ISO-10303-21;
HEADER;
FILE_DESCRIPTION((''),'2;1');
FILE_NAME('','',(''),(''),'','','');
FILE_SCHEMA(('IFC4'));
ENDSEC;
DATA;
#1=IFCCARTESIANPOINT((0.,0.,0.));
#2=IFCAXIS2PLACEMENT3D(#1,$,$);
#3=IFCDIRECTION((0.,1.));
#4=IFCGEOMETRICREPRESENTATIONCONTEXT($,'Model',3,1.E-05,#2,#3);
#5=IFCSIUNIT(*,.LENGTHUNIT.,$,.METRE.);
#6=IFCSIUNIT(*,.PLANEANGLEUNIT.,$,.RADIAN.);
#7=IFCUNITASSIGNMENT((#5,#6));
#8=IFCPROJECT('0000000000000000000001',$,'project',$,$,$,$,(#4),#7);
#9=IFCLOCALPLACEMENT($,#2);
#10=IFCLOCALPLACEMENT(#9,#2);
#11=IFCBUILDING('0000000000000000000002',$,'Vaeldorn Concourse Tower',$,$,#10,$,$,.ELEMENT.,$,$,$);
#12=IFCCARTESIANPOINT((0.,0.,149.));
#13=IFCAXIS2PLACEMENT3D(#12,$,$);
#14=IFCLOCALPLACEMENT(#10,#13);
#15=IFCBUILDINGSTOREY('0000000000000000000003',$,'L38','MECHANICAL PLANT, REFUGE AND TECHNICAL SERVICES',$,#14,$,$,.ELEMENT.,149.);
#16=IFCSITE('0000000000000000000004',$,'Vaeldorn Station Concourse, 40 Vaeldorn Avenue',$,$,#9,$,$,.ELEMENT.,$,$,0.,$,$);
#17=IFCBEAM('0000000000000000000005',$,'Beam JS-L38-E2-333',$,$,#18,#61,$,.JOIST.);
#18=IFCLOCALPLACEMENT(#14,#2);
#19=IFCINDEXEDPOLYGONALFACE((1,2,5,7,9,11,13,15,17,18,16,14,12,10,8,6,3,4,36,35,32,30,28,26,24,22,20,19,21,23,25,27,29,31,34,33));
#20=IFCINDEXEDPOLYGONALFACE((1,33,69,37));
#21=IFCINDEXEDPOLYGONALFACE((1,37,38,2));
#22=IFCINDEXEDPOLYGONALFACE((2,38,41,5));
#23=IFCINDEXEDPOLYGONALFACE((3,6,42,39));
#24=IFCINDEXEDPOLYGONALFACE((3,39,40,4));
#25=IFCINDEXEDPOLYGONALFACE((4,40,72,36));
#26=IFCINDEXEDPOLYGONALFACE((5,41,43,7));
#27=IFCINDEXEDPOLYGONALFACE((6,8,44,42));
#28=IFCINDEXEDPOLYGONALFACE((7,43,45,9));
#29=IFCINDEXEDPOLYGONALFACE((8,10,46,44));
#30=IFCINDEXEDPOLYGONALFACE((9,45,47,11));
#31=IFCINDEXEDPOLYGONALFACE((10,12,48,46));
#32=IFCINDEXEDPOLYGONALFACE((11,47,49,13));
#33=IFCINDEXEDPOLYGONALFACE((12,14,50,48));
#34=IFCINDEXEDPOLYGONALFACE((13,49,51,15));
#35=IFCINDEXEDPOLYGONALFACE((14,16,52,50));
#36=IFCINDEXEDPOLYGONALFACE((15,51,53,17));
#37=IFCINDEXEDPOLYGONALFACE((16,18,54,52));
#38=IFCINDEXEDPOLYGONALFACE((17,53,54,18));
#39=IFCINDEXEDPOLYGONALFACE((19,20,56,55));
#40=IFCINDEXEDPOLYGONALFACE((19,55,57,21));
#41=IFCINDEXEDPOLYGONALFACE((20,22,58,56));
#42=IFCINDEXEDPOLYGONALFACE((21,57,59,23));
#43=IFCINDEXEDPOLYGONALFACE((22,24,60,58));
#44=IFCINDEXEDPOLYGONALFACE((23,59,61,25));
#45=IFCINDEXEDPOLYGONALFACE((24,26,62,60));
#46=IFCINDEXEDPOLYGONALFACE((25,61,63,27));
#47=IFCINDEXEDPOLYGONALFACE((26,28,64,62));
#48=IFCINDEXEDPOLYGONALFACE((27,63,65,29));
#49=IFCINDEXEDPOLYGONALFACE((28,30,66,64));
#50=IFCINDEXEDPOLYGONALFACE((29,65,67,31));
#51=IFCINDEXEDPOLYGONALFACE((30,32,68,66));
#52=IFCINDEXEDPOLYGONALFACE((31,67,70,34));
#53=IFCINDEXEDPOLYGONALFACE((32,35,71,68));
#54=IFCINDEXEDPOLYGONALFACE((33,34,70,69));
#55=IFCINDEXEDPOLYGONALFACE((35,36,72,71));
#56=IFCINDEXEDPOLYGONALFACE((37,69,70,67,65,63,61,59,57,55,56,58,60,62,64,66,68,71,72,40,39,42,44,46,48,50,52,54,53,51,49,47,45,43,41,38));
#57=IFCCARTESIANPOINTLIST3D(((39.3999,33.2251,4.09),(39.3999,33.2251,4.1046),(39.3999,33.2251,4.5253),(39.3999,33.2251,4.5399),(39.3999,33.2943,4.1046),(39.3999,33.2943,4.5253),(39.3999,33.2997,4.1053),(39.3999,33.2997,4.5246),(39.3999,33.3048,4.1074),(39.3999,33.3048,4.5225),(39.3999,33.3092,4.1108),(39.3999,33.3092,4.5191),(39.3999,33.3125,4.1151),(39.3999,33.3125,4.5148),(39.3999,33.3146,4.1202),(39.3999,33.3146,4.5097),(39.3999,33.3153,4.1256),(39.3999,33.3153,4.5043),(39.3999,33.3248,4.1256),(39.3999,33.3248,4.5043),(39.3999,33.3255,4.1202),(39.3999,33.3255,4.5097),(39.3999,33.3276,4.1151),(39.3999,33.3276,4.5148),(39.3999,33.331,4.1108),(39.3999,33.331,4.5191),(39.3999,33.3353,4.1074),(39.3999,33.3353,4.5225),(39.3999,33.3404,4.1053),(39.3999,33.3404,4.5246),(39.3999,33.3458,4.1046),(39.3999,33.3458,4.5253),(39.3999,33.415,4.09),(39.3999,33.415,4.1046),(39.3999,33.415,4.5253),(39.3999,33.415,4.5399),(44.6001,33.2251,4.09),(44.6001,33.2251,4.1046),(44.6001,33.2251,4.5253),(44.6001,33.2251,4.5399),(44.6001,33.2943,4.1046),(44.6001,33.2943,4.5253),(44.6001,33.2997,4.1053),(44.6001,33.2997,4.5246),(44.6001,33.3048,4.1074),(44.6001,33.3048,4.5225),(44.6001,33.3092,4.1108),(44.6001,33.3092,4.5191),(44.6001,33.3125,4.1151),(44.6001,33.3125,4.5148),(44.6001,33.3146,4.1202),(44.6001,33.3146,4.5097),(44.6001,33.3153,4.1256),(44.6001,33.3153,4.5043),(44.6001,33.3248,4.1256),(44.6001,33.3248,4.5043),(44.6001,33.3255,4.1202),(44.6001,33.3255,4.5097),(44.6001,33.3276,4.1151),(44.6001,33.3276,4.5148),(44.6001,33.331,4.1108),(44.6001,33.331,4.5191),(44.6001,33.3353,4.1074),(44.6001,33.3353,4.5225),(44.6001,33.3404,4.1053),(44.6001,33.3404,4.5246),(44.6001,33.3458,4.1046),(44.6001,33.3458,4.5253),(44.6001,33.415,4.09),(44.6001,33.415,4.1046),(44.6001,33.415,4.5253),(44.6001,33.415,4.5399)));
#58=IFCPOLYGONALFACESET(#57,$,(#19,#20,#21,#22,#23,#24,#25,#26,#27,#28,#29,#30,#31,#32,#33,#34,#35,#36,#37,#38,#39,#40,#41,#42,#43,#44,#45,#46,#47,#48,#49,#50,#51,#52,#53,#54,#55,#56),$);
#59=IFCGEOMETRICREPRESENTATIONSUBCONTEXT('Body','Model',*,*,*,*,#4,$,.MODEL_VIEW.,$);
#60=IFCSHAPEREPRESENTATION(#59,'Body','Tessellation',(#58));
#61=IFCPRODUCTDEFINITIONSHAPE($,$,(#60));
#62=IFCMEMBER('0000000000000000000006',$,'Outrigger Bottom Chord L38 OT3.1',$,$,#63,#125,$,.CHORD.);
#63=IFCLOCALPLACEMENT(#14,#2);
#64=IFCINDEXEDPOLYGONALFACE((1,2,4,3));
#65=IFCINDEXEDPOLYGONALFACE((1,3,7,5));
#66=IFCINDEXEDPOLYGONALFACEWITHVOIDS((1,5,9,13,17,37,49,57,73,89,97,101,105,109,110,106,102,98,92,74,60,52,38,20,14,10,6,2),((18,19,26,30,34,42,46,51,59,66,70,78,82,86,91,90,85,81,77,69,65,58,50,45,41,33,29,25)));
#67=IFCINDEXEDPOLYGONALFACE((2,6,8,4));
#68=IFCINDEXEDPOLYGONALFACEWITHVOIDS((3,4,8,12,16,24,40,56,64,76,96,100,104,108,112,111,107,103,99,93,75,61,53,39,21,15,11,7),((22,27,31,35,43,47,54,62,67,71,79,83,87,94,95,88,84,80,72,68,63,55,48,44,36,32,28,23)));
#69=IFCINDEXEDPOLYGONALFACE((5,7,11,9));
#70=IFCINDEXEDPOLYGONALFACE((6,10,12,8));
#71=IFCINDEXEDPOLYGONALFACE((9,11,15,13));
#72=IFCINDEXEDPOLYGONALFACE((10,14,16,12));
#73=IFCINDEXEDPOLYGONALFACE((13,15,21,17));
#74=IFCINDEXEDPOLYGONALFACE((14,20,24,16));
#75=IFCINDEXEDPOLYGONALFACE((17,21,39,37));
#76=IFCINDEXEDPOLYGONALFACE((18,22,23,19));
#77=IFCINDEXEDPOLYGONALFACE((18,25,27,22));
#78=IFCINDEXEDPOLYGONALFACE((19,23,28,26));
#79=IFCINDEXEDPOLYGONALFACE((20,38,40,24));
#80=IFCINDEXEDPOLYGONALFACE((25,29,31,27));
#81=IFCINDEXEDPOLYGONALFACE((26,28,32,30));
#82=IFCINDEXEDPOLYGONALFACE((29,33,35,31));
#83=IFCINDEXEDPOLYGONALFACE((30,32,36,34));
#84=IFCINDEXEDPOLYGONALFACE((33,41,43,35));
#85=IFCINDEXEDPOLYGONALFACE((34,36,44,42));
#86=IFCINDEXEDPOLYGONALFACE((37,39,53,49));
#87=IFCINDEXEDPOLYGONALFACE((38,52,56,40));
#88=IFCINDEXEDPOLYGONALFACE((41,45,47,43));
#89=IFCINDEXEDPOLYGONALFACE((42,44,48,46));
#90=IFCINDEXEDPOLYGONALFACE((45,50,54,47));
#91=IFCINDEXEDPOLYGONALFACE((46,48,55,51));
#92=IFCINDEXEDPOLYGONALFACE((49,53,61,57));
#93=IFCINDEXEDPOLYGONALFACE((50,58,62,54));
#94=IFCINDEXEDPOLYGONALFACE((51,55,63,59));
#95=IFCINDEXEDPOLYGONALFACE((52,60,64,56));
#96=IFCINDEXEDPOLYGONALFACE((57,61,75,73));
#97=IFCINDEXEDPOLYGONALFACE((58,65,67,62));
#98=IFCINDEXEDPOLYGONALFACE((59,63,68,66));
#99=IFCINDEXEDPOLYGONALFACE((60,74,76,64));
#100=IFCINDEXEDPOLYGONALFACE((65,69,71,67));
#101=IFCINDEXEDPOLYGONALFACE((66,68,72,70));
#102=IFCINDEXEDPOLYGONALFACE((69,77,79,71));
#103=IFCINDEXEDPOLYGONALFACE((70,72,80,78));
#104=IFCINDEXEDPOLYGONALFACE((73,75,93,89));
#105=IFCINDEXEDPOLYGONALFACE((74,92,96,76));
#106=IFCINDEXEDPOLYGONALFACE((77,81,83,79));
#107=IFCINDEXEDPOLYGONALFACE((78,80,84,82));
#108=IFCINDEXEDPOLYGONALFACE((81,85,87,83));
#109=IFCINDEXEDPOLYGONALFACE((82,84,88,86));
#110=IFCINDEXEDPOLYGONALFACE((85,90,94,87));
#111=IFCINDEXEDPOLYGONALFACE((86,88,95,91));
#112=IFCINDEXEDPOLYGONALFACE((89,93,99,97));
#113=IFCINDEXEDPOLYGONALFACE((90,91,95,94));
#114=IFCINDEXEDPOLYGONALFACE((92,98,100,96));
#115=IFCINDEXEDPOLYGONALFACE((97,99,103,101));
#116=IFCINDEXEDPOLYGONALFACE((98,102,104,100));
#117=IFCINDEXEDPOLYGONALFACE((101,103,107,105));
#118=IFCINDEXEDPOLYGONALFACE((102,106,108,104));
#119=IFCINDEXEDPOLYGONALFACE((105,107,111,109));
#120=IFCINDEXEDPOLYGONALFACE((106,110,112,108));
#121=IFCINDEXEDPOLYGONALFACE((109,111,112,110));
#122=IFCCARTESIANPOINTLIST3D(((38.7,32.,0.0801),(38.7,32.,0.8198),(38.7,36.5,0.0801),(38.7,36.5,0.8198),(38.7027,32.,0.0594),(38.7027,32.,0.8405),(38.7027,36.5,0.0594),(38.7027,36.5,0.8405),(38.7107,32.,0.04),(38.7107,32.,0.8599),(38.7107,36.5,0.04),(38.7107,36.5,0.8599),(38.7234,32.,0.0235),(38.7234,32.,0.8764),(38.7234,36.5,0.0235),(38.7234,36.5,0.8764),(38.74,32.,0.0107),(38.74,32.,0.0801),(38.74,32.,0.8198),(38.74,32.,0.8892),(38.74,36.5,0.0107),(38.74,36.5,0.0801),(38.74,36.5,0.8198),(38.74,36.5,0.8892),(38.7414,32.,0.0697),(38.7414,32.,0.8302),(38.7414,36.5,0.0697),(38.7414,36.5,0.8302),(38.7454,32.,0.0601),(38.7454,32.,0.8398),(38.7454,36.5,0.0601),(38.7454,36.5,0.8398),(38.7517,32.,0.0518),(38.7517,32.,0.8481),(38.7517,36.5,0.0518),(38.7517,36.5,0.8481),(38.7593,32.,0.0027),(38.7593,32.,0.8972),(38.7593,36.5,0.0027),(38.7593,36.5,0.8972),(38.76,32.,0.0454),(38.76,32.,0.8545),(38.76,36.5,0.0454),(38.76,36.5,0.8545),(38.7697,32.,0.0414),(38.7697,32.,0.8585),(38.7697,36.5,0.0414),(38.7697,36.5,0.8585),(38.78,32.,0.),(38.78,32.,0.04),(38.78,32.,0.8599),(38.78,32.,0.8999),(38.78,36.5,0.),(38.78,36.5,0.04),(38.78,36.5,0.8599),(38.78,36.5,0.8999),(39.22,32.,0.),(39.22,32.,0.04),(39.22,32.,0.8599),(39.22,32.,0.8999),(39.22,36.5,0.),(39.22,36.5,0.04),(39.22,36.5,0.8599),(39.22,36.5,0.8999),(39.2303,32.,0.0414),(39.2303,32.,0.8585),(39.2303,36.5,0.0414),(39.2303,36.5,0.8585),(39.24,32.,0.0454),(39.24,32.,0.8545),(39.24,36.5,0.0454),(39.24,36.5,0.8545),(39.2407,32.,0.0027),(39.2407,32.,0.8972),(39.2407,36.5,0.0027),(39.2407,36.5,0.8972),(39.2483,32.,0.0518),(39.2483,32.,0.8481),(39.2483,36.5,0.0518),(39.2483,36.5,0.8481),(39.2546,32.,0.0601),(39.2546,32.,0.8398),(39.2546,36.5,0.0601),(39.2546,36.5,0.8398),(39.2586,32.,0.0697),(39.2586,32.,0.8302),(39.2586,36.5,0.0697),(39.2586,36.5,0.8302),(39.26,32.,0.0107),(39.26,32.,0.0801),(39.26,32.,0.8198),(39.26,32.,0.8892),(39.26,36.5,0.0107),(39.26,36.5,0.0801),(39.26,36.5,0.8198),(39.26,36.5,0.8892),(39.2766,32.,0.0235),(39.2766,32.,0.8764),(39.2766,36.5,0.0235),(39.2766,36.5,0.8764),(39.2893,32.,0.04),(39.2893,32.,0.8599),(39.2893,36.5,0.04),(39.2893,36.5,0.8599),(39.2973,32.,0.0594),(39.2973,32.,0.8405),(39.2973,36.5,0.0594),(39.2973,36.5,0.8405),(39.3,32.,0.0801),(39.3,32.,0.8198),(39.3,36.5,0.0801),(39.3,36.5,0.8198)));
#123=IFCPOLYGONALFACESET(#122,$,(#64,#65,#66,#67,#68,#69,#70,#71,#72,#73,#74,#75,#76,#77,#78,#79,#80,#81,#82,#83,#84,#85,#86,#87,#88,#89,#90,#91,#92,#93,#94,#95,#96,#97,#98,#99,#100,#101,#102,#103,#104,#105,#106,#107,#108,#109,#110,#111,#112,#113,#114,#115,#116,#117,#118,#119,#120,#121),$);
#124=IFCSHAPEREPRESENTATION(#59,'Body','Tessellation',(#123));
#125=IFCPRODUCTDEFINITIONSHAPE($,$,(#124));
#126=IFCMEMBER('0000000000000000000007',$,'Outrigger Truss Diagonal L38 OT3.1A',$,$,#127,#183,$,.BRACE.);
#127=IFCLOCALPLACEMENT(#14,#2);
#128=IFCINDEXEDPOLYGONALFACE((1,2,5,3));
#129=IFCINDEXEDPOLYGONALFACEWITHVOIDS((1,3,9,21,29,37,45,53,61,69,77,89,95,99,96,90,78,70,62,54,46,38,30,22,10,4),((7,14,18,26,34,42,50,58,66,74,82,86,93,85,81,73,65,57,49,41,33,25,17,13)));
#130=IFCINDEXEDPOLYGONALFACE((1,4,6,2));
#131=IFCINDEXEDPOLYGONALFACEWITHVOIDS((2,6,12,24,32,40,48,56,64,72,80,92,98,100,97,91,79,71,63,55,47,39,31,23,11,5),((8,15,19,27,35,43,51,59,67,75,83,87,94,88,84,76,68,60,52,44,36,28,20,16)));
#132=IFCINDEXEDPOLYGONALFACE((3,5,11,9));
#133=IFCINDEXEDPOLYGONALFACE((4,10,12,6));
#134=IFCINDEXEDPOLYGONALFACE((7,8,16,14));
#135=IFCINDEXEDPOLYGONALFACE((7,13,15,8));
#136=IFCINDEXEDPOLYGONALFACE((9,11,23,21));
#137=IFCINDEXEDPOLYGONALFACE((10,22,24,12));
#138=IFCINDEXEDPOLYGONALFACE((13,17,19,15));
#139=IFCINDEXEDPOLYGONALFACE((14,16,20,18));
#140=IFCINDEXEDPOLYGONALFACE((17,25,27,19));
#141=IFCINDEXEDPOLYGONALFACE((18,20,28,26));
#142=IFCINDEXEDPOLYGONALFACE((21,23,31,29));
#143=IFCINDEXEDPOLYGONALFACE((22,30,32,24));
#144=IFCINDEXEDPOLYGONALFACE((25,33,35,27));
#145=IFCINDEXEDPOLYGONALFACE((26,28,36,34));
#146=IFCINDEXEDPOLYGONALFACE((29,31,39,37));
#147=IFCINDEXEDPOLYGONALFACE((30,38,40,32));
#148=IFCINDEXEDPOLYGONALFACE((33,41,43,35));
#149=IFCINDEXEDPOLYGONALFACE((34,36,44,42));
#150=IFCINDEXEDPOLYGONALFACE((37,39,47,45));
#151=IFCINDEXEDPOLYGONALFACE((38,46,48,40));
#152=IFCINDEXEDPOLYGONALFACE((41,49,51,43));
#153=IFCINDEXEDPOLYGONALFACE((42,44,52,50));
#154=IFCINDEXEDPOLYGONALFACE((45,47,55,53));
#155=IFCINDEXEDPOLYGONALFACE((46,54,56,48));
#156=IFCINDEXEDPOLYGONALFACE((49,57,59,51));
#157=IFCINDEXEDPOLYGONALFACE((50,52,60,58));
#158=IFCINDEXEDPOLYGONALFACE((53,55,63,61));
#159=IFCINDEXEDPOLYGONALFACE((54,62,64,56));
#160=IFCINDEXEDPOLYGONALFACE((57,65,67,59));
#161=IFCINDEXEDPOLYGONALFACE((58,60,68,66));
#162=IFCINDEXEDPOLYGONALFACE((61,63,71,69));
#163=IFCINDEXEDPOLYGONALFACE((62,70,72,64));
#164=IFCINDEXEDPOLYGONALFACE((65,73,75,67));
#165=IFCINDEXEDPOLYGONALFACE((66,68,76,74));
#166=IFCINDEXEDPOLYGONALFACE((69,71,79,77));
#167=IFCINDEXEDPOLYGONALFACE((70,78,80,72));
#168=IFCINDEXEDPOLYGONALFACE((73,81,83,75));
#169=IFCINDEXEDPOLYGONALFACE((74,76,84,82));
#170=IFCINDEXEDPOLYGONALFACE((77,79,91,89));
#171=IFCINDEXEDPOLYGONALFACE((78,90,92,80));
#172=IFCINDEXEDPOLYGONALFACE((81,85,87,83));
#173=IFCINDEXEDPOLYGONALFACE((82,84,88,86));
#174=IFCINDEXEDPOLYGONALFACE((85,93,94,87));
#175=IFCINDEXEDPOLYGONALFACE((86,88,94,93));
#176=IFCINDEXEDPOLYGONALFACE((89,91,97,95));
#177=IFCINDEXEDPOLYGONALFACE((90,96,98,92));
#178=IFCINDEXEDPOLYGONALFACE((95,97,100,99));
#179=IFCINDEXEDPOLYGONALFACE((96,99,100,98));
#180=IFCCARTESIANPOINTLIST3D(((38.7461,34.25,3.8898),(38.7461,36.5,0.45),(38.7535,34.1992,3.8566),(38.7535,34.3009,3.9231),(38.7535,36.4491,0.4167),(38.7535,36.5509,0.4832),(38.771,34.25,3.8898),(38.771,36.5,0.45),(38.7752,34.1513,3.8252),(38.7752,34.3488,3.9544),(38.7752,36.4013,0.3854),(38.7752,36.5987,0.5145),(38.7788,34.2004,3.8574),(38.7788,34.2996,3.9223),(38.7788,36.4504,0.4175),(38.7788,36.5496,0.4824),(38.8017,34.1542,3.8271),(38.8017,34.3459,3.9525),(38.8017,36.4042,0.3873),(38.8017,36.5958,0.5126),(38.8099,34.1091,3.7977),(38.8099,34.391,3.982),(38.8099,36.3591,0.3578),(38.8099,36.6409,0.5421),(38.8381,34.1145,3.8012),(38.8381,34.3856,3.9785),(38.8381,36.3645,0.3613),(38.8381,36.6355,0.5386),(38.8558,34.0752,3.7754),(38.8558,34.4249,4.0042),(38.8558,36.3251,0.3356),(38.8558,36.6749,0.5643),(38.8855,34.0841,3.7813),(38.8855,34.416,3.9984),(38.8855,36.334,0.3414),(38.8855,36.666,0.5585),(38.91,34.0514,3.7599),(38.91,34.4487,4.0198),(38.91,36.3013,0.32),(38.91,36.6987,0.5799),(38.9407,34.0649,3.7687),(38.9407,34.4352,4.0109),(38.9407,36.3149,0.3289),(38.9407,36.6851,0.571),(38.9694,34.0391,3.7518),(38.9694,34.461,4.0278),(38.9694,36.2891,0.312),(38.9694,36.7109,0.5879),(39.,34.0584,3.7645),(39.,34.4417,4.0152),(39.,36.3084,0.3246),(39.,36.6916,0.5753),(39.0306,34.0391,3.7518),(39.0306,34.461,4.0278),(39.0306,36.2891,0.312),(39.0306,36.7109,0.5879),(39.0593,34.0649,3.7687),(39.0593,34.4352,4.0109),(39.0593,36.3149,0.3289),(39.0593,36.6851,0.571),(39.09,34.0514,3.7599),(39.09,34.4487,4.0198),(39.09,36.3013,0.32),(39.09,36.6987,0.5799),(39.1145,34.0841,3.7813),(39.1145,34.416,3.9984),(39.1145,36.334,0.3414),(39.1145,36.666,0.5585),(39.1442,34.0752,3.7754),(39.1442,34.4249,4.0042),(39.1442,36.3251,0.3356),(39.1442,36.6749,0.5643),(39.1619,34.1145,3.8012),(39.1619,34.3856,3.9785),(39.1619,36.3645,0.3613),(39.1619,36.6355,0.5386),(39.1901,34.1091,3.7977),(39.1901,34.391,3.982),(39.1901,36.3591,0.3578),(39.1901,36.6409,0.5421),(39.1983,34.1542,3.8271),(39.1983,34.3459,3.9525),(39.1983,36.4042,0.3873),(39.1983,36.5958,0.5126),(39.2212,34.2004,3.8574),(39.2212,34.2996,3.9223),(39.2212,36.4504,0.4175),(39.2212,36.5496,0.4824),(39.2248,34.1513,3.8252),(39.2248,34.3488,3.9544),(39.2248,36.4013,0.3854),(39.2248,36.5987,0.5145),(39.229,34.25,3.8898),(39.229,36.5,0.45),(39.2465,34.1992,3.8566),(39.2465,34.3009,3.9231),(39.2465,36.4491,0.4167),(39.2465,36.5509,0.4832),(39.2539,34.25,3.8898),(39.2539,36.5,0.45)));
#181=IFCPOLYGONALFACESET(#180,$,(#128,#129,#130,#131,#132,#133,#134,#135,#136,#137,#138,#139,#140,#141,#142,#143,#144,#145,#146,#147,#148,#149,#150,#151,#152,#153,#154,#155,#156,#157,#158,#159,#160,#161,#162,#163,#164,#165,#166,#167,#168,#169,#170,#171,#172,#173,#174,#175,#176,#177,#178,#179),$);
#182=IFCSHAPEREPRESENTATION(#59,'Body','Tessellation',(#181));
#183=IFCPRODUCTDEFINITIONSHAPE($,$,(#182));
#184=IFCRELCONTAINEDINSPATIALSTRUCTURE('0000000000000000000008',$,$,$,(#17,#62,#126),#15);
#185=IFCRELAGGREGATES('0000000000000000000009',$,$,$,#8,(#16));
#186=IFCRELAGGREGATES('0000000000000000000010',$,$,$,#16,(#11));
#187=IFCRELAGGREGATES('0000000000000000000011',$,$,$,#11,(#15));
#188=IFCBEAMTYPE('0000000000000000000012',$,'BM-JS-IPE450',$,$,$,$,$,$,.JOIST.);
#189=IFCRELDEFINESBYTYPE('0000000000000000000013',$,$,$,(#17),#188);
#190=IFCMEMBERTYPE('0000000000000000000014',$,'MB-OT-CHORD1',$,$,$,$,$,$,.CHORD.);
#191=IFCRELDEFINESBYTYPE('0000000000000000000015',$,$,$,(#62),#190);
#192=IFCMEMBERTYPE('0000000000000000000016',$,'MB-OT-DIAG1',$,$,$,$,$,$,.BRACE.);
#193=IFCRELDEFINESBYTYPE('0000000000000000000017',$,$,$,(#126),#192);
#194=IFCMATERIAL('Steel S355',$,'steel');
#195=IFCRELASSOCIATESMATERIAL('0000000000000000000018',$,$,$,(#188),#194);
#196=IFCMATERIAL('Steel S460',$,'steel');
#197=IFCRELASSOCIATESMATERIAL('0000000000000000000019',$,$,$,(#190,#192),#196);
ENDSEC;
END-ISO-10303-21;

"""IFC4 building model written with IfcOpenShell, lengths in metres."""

from ifc_helpers import new_model, si_unit, direction, frame, origin, origin_2d, place, context, subcontext, project, spatial, hollow_rectangle, hollow_circle, i_section, extrude, source, transform, mapped, material, material_profile, profile_set, type_object, element, save


model = new_model("IFC4")

# Units and contexts
model_context = context("Model", 3, precision=1e-05, world=origin(), true_north=direction((0.0, 1.0)))
body_context = subcontext(model_context, "Body", "Model", "MODEL_VIEW")
ifc_project = project(units=[si_unit("LENGTHUNIT", "METRE"), si_unit("PLANEANGLEUNIT", "RADIAN")], contexts=[model_context])

# Site, building, storey
site_placement = place(None, origin())
site = spatial("IfcSite", under=ifc_project, at=site_placement, Name="Vaeldorn Station Concourse, 40 Vaeldorn Avenue", CompositionType="ELEMENT", RefElevation=0.0)
building_placement = place(site_placement, origin())
building = spatial("IfcBuilding", under=site, at=building_placement, Name="Vaeldorn Concourse Tower", CompositionType="ELEMENT")
storey_placement = place(building_placement, frame((0.0, 0.0, 149.0)))
storey = spatial("IfcBuildingStorey", under=building, at=storey_placement, Name="L38", Description="MECHANICAL PLANT, REFUGE AND TECHNICAL SERVICES", CompositionType="ELEMENT", Elevation=149.0)

# Shared definitions
ifc_material_1 = material(Name="Steel S460", Category="steel")

# Beam
ifc_material_2 = material(Name="Steel S355", Category="steel")
ifc_material_profile_1 = material_profile(ifc_material_2, i_section(OverallWidth=0.1899, OverallDepth=0.45, WebThickness=0.0095, FlangeThickness=0.0146, FilletRadius=0.021, at=origin_2d()), Name="IPE 450")
ifc_profile_set_1 = profile_set([ifc_material_profile_1], Name="Steel S355")
beam_type_1 = type_object("IfcBeamType", Name="BM-JS-IPE450", PredefinedType="JOIST", material=ifc_profile_set_1)
shared_shape_1 = source(origin(), body_context, "Body", "SweptSolid", [
    extrude(i_section(OverallWidth=0.1899, OverallDepth=0.45, WebThickness=0.0095, FlangeThickness=0.0146, FilletRadius=0.021, at=origin_2d()), origin(), (0.0, 0.0, 1.0), 5.2002),
])
beam_1_placement = place(storey_placement, frame((39.3999, 33.3201, 4.3149), z_axis=(1.0, 0.0, 0.0), x_axis=(0.0, 1.0, 0.0)))
element("IfcBeam", 1, at=beam_1_placement, inside=storey, type_object=beam_type_1, Name="Beam JS-L38-E2-333", PredefinedType="JOIST", context=body_context, shape_type="MappedRepresentation", body=[
    mapped(shared_shape_1, transform((0.0, 0.0, 0.0), scale=1.0)),
])

# Members
ifc_material_profile_2 = material_profile(ifc_material_1, hollow_rectangle(XDim=0.6001, YDim=0.8999, WallThickness=0.04, InnerFilletRadius=0.04, OuterFilletRadius=0.0801, at=origin_2d()), Name="RHS 900x600x40")
ifc_profile_set_2 = profile_set([ifc_material_profile_2], Name="Steel S460")
member_type_1 = type_object("IfcMemberType", Name="MB-OT-CHORD1", PredefinedType="CHORD", material=ifc_profile_set_2)
shared_shape_2 = source(origin(), body_context, "Body", "SweptSolid", [
    extrude(hollow_rectangle(XDim=0.6001, YDim=0.8999, WallThickness=0.04, InnerFilletRadius=0.04, OuterFilletRadius=0.0801, at=origin_2d()), origin(), (0.0, 0.0, 1.0), 4.5),
])
member_1_placement = place(storey_placement, frame((39.0, 36.5, 0.45), z_axis=(0.0, -1.0, 0.0), x_axis=(1.0, 0.0, 0.0)))
element("IfcMember", 2, at=member_1_placement, inside=storey, type_object=member_type_1, Name="Outrigger Bottom Chord L38 OT3.1", PredefinedType="CHORD", context=body_context, shape_type="MappedRepresentation", body=[
    mapped(shared_shape_2, transform((0.0, 0.0, 0.0), scale=1.0)),
])
ifc_material_profile_3 = material_profile(ifc_material_1, hollow_circle(Radius=0.2539, WallThickness=0.0249, at=origin_2d()), Name="CHS 508x25")
ifc_profile_set_3 = profile_set([ifc_material_profile_3], Name="Steel S460")
member_type_2 = type_object("IfcMemberType", Name="MB-OT-DIAG1", PredefinedType="BRACE", material=ifc_profile_set_3)
shared_shape_3 = source(origin(), body_context, "Body", "SweptSolid", [
    extrude(hollow_circle(Radius=0.2539, WallThickness=0.0249, at=origin_2d()), origin(), (0.0, 0.0, 1.0), 4.1104),
])
member_2_placement = place(storey_placement, frame((39.0, 36.5, 0.45), z_axis=(0.0, -0.547387, 0.83688), x_axis=(1.0, 0.0, 0.0)))
element("IfcMember", 3, at=member_2_placement, inside=storey, type_object=member_type_2, Name="Outrigger Truss Diagonal L38 OT3.1A", PredefinedType="BRACE", context=body_context, shape_type="MappedRepresentation", body=[
    mapped(shared_shape_3, transform((0.0, 0.0, 0.0), scale=1.0)),
])

save(model, "model.ifc")
